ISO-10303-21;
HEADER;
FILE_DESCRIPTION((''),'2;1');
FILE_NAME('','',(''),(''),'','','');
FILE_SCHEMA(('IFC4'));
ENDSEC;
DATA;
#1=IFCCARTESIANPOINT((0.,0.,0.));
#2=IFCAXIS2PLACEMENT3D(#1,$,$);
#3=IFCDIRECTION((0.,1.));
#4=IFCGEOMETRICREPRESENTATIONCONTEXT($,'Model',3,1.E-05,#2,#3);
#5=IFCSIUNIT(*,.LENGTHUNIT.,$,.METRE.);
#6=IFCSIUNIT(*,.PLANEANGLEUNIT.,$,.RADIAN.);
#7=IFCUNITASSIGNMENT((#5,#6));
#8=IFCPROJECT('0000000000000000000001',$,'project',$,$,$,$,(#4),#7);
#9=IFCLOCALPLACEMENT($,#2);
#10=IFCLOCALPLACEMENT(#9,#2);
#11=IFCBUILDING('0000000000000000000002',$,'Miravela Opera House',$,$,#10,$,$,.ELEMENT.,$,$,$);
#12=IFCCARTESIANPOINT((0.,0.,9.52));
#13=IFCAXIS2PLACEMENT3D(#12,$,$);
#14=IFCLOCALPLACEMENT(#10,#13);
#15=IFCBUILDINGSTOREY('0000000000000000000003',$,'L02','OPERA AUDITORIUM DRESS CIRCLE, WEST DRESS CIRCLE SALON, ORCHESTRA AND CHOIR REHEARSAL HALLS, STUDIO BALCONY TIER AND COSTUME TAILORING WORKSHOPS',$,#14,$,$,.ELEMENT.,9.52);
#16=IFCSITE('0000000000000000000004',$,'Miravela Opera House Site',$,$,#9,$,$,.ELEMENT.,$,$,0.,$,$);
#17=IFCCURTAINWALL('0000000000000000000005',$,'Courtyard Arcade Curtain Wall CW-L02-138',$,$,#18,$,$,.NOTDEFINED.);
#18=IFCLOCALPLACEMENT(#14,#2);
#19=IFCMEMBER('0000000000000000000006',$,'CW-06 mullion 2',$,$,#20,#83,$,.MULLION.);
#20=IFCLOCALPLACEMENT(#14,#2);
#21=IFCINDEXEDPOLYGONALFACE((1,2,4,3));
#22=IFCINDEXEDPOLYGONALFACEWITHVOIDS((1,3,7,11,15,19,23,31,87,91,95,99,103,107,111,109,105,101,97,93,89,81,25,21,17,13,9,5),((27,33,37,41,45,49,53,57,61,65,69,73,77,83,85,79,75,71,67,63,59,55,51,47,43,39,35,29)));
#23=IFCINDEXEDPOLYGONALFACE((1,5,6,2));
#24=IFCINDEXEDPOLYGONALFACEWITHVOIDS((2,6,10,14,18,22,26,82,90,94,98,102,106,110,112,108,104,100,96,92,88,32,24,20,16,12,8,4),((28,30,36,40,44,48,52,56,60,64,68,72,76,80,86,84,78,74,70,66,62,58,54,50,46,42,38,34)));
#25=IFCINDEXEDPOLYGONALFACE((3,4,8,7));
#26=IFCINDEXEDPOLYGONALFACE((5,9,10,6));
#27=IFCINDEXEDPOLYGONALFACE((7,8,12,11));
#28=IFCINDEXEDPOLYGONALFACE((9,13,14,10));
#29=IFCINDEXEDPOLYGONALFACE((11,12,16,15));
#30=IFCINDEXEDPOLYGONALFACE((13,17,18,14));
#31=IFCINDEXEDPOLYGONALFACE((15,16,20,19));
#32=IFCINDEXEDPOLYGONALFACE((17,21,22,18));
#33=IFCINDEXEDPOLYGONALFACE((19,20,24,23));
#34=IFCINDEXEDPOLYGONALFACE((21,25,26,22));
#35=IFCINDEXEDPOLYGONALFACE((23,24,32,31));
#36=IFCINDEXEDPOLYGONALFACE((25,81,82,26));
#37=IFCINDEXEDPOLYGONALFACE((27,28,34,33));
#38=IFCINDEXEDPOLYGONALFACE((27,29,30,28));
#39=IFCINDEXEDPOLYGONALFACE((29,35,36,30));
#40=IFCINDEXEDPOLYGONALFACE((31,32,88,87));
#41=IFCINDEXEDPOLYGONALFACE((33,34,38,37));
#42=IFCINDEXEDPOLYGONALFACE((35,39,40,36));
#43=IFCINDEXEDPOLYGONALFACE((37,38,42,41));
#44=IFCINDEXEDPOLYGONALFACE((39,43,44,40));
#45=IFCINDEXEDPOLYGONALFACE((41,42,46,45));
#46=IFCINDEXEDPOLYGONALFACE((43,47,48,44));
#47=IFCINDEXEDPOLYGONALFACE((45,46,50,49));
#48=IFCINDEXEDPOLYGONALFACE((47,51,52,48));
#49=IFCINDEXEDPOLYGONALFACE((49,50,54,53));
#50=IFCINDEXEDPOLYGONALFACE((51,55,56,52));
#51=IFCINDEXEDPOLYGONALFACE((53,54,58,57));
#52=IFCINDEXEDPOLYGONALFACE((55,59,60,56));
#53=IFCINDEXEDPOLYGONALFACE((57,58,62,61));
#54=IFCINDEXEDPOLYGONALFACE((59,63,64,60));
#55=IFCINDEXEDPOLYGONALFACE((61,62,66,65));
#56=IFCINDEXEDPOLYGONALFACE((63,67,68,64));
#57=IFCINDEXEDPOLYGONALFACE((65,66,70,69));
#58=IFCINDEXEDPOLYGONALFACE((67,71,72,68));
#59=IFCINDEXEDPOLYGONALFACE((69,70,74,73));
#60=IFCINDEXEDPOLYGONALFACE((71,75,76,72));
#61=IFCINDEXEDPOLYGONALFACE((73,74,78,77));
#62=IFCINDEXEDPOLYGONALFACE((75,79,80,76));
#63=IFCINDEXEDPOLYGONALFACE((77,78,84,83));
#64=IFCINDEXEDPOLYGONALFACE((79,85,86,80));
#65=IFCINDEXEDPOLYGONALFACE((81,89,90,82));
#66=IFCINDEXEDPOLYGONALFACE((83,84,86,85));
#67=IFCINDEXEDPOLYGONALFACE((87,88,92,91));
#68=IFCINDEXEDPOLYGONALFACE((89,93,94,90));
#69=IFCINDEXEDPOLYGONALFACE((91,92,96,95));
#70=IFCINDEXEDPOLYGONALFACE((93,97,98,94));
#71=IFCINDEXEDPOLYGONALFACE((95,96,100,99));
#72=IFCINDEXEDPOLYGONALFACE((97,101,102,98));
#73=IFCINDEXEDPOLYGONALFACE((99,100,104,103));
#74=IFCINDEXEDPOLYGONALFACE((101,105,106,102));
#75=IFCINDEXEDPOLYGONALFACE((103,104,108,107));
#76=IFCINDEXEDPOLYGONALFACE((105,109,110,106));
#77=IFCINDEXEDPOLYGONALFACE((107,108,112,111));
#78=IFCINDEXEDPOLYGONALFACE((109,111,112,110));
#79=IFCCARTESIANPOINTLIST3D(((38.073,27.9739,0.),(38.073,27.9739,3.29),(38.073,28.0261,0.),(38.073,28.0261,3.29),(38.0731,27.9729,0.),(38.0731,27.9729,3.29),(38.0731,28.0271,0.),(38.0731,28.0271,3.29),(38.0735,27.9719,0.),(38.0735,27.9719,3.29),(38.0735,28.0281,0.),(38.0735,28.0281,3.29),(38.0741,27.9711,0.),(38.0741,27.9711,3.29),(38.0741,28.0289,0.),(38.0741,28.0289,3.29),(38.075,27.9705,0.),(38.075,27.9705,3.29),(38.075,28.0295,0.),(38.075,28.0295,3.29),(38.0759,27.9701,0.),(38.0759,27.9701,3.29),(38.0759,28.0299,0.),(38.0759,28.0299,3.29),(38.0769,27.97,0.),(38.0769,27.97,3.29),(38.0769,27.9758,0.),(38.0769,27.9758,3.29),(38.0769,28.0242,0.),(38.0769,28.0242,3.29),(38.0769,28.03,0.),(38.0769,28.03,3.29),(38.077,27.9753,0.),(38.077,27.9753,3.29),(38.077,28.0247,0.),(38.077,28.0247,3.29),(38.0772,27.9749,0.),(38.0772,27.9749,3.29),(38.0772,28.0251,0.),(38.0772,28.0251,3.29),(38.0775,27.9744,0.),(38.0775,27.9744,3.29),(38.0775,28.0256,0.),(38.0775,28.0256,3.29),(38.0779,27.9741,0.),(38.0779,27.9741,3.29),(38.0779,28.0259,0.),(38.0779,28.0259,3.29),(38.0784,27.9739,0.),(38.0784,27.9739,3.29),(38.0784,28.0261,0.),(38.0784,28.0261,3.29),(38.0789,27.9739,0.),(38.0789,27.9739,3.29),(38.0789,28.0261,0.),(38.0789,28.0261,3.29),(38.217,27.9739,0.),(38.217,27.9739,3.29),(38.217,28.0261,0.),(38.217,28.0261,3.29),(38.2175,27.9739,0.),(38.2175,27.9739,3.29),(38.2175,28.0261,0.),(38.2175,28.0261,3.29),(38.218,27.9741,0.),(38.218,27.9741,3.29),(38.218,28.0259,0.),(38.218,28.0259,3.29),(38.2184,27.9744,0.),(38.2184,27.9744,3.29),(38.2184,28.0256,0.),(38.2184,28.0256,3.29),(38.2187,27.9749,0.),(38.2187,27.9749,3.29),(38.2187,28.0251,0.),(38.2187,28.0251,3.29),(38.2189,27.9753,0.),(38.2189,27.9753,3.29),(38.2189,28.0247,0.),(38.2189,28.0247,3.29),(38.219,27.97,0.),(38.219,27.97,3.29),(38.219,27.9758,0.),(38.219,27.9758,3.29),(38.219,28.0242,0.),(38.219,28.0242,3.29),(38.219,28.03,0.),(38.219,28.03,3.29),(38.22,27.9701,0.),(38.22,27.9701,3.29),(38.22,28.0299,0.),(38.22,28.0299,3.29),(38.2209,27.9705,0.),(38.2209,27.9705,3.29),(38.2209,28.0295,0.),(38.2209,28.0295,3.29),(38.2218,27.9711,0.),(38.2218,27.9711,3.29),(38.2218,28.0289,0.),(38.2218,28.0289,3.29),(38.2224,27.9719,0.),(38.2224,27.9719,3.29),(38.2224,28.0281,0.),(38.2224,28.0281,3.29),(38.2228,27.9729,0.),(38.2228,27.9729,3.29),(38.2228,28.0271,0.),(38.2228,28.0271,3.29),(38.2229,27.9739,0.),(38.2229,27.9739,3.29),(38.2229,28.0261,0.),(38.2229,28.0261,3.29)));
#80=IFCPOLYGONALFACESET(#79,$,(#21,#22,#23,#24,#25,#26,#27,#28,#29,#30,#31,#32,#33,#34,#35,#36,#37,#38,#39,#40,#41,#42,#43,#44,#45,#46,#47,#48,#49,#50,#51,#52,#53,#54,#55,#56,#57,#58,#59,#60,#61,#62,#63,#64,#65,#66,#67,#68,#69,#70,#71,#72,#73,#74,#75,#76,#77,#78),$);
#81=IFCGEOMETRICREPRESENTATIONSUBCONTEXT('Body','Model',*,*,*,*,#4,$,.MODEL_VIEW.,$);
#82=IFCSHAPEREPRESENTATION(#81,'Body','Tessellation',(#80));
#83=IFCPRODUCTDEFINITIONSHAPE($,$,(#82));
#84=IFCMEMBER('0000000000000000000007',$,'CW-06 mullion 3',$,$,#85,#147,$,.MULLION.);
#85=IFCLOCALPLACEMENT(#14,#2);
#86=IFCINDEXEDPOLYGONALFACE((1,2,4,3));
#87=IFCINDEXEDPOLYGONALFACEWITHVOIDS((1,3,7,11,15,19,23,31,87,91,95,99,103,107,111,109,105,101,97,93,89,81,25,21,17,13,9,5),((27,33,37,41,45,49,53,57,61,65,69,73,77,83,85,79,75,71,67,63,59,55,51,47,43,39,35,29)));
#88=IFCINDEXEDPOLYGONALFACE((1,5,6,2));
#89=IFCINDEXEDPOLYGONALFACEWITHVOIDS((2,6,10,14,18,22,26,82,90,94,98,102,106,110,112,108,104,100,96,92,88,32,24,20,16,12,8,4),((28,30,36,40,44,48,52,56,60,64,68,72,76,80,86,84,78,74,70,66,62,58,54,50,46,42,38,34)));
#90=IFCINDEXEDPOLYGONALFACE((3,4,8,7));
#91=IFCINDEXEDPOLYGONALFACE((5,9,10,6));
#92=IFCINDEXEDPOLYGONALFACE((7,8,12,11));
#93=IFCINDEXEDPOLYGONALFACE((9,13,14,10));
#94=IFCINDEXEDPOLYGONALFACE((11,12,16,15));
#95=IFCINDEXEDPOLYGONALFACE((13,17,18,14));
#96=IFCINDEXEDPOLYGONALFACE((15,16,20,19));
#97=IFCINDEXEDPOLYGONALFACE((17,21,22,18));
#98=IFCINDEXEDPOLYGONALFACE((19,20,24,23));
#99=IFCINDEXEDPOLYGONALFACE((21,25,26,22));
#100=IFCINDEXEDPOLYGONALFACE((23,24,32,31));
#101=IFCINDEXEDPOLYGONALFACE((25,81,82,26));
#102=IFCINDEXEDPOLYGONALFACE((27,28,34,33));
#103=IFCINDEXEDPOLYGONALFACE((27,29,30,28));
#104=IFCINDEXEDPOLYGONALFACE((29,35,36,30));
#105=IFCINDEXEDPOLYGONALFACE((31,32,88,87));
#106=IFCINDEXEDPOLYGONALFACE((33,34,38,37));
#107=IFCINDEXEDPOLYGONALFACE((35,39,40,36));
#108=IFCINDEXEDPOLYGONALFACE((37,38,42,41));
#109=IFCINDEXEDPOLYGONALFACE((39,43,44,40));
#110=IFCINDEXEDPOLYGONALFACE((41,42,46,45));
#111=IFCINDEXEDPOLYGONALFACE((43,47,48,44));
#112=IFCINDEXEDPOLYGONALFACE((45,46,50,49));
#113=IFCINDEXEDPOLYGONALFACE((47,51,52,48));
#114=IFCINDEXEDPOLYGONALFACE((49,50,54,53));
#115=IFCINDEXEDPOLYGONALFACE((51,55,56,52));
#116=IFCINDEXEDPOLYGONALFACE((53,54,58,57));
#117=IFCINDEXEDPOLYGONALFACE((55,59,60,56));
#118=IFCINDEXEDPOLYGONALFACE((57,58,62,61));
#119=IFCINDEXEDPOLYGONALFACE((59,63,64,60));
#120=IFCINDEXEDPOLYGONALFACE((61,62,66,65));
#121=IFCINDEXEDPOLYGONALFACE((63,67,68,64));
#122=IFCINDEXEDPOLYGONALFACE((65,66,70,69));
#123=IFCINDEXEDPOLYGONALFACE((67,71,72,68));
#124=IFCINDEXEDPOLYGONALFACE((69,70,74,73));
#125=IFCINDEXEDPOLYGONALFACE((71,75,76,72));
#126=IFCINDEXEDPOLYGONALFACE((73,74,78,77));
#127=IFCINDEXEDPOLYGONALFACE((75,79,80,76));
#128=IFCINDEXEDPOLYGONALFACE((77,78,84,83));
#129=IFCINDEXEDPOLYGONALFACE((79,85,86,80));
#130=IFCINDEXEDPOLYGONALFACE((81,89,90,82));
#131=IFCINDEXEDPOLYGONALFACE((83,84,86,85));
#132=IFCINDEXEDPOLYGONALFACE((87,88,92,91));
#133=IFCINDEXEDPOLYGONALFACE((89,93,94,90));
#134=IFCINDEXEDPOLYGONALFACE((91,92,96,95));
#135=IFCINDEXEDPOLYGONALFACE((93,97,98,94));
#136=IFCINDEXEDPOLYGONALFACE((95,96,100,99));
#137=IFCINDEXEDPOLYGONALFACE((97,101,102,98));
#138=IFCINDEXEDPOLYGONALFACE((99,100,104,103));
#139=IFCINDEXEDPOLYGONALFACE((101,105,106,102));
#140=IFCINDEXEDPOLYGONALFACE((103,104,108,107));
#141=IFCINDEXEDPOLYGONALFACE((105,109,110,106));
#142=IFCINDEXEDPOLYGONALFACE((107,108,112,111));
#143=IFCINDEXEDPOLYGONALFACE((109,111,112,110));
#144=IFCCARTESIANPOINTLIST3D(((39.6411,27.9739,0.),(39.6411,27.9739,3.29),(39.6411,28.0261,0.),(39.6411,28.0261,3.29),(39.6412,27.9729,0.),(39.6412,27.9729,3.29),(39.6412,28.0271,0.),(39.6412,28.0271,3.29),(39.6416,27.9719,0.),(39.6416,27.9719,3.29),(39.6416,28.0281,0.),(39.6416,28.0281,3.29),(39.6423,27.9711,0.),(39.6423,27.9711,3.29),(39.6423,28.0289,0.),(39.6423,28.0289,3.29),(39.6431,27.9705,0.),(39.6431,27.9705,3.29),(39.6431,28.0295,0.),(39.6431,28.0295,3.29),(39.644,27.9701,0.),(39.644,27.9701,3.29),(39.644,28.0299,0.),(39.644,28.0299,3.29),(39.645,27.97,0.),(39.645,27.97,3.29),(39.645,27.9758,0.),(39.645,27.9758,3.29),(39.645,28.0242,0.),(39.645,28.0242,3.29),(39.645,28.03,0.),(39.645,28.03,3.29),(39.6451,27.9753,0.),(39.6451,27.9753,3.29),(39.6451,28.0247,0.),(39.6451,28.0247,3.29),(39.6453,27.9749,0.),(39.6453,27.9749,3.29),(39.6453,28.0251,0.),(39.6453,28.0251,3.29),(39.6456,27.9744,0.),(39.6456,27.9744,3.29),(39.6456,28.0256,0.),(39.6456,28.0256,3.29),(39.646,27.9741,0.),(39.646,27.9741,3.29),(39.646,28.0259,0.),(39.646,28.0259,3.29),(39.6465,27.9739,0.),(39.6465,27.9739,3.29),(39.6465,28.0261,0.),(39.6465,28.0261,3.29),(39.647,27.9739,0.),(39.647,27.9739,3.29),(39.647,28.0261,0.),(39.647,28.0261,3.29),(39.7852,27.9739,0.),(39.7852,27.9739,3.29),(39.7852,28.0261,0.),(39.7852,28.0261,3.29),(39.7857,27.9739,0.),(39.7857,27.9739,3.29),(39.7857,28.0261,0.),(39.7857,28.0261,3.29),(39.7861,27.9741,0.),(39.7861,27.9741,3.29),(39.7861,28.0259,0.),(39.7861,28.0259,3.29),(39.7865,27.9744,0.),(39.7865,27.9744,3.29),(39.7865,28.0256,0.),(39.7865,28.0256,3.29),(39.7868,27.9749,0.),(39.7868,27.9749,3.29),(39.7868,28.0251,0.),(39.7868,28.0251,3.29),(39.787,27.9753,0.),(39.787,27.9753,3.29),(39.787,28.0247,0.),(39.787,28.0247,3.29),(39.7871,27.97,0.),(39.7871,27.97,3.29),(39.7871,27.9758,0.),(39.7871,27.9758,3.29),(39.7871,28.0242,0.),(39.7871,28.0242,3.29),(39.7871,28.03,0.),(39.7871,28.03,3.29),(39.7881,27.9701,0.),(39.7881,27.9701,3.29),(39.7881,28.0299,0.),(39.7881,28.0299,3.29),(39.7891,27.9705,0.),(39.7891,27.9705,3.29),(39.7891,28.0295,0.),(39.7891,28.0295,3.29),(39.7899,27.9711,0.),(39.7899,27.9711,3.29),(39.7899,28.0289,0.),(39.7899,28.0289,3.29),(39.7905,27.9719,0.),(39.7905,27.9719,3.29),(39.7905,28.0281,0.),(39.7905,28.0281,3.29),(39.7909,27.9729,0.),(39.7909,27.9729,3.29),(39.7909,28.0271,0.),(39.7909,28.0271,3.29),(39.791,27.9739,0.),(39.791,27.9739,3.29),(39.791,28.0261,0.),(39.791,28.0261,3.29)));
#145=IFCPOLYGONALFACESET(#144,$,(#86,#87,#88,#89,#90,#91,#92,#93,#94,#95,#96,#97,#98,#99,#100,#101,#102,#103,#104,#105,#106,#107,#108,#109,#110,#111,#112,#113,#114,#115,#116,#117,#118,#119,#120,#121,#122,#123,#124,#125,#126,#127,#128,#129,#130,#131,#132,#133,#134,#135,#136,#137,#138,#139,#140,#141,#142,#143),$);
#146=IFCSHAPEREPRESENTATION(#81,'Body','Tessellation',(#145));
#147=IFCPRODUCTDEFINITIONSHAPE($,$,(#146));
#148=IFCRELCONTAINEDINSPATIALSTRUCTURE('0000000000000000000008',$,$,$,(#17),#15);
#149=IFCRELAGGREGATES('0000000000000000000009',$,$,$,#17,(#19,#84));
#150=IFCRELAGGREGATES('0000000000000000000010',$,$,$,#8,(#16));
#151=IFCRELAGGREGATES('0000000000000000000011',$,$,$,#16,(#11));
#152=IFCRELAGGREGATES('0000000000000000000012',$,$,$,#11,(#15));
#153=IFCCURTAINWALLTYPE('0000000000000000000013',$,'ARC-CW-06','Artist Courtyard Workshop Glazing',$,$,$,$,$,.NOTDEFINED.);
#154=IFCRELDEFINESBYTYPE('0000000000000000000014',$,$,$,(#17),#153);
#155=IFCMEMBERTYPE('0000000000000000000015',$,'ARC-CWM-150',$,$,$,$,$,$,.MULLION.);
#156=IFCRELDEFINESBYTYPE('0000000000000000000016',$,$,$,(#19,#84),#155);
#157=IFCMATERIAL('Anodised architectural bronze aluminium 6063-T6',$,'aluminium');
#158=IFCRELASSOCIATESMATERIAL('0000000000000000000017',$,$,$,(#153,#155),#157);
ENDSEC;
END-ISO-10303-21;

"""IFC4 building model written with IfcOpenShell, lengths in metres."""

from ifc_helpers import new_model, si_unit, direction, frame, origin, origin_2d, place, context, subcontext, project, spatial, hollow_rectangle, extrude, material, material_profile, profile_set, type_object, element, aggregate, save


model = new_model("IFC4")

# Units and contexts
model_context = context("Model", 3, precision=1e-05, world=origin(), true_north=direction((0.0, 1.0)))
body_context = subcontext(model_context, "Body", "Model", "MODEL_VIEW")
ifc_project = project(units=[si_unit("LENGTHUNIT", "METRE"), si_unit("PLANEANGLEUNIT", "RADIAN")], contexts=[model_context])

# Site, building, storey
site_placement = place(None, origin())
site = spatial("IfcSite", under=ifc_project, at=site_placement, Name="Miravela Opera House Site", CompositionType="ELEMENT", RefElevation=0.0)
building_placement = place(site_placement, origin())
building = spatial("IfcBuilding", under=site, at=building_placement, Name="Miravela Opera House", CompositionType="ELEMENT")
storey_placement = place(building_placement, frame((0.0, 0.0, 9.52)))
storey = spatial("IfcBuildingStorey", under=building, at=storey_placement, Name="L02", Description="OPERA AUDITORIUM DRESS CIRCLE, WEST DRESS CIRCLE SALON, ORCHESTRA AND CHOIR REHEARSAL HALLS, STUDIO BALCONY TIER AND COSTUME TAILORING WORKSHOPS", CompositionType="ELEMENT", Elevation=9.52)

# Shared definitions
ifc_material_1 = material(Name="Anodised architectural bronze aluminium 6063-T6", Category="aluminium")
curtain_wall_type = type_object("IfcCurtainWallType", Name="ARC-CW-06", Description="Artist Courtyard Workshop Glazing", PredefinedType="NOTDEFINED", material=ifc_material_1)
ifc_material_profile_1 = material_profile(ifc_material_1, hollow_rectangle(XDim=0.0601, YDim=0.1499, WallThickness=0.0039, InnerFilletRadius=0.002, OuterFilletRadius=0.0039, at=origin_2d()), Name="CWM-60X150")
ifc_profile_set_1 = profile_set([ifc_material_profile_1])
member_type_1 = type_object("IfcMemberType", Name="ARC-CWM-150", PredefinedType="MULLION", material=ifc_profile_set_1)

# Curtain wall, members
curtain_wall_1_placement = place(storey_placement, origin())
curtain_wall_1 = element("IfcCurtainWall", 1, at=curtain_wall_1_placement, inside=storey, type_object=curtain_wall_type, Name="Courtyard Arcade Curtain Wall CW-L02-138", PredefinedType="NOTDEFINED")
member_1_placement = place(storey_placement, frame((38.1479, 28.0, 0.0), z_axis=(0.0, 0.0, 1.0), x_axis=(0.0, 1.0, 0.0)))
member_1 = element("IfcMember", 2, at=member_1_placement, type_object=member_type_1, Name="CW-06 mullion 2", PredefinedType="MULLION", context=body_context, shape_type="SweptSolid", body=[
    extrude(hollow_rectangle(XDim=0.0601, YDim=0.1499, WallThickness=0.0039, InnerFilletRadius=0.002, OuterFilletRadius=0.0039, at=origin_2d()), origin(), (0.0, 0.0, 1.0), 3.29),
])
member_2_placement = place(storey_placement, frame((39.7161, 28.0, 0.0), z_axis=(0.0, 0.0, 1.0), x_axis=(0.0, 1.0, 0.0)))
member_2 = element("IfcMember", 3, at=member_2_placement, type_object=member_type_1, Name="CW-06 mullion 3", PredefinedType="MULLION", context=body_context, shape_type="SweptSolid", body=[
    extrude(hollow_rectangle(XDim=0.0601, YDim=0.1499, WallThickness=0.0039, InnerFilletRadius=0.002, OuterFilletRadius=0.0039, at=origin_2d()), origin(), (0.0, 0.0, 1.0), 3.29),
])

aggregate(curtain_wall_1, [member_1, member_2])

save(model, "model.ifc")
